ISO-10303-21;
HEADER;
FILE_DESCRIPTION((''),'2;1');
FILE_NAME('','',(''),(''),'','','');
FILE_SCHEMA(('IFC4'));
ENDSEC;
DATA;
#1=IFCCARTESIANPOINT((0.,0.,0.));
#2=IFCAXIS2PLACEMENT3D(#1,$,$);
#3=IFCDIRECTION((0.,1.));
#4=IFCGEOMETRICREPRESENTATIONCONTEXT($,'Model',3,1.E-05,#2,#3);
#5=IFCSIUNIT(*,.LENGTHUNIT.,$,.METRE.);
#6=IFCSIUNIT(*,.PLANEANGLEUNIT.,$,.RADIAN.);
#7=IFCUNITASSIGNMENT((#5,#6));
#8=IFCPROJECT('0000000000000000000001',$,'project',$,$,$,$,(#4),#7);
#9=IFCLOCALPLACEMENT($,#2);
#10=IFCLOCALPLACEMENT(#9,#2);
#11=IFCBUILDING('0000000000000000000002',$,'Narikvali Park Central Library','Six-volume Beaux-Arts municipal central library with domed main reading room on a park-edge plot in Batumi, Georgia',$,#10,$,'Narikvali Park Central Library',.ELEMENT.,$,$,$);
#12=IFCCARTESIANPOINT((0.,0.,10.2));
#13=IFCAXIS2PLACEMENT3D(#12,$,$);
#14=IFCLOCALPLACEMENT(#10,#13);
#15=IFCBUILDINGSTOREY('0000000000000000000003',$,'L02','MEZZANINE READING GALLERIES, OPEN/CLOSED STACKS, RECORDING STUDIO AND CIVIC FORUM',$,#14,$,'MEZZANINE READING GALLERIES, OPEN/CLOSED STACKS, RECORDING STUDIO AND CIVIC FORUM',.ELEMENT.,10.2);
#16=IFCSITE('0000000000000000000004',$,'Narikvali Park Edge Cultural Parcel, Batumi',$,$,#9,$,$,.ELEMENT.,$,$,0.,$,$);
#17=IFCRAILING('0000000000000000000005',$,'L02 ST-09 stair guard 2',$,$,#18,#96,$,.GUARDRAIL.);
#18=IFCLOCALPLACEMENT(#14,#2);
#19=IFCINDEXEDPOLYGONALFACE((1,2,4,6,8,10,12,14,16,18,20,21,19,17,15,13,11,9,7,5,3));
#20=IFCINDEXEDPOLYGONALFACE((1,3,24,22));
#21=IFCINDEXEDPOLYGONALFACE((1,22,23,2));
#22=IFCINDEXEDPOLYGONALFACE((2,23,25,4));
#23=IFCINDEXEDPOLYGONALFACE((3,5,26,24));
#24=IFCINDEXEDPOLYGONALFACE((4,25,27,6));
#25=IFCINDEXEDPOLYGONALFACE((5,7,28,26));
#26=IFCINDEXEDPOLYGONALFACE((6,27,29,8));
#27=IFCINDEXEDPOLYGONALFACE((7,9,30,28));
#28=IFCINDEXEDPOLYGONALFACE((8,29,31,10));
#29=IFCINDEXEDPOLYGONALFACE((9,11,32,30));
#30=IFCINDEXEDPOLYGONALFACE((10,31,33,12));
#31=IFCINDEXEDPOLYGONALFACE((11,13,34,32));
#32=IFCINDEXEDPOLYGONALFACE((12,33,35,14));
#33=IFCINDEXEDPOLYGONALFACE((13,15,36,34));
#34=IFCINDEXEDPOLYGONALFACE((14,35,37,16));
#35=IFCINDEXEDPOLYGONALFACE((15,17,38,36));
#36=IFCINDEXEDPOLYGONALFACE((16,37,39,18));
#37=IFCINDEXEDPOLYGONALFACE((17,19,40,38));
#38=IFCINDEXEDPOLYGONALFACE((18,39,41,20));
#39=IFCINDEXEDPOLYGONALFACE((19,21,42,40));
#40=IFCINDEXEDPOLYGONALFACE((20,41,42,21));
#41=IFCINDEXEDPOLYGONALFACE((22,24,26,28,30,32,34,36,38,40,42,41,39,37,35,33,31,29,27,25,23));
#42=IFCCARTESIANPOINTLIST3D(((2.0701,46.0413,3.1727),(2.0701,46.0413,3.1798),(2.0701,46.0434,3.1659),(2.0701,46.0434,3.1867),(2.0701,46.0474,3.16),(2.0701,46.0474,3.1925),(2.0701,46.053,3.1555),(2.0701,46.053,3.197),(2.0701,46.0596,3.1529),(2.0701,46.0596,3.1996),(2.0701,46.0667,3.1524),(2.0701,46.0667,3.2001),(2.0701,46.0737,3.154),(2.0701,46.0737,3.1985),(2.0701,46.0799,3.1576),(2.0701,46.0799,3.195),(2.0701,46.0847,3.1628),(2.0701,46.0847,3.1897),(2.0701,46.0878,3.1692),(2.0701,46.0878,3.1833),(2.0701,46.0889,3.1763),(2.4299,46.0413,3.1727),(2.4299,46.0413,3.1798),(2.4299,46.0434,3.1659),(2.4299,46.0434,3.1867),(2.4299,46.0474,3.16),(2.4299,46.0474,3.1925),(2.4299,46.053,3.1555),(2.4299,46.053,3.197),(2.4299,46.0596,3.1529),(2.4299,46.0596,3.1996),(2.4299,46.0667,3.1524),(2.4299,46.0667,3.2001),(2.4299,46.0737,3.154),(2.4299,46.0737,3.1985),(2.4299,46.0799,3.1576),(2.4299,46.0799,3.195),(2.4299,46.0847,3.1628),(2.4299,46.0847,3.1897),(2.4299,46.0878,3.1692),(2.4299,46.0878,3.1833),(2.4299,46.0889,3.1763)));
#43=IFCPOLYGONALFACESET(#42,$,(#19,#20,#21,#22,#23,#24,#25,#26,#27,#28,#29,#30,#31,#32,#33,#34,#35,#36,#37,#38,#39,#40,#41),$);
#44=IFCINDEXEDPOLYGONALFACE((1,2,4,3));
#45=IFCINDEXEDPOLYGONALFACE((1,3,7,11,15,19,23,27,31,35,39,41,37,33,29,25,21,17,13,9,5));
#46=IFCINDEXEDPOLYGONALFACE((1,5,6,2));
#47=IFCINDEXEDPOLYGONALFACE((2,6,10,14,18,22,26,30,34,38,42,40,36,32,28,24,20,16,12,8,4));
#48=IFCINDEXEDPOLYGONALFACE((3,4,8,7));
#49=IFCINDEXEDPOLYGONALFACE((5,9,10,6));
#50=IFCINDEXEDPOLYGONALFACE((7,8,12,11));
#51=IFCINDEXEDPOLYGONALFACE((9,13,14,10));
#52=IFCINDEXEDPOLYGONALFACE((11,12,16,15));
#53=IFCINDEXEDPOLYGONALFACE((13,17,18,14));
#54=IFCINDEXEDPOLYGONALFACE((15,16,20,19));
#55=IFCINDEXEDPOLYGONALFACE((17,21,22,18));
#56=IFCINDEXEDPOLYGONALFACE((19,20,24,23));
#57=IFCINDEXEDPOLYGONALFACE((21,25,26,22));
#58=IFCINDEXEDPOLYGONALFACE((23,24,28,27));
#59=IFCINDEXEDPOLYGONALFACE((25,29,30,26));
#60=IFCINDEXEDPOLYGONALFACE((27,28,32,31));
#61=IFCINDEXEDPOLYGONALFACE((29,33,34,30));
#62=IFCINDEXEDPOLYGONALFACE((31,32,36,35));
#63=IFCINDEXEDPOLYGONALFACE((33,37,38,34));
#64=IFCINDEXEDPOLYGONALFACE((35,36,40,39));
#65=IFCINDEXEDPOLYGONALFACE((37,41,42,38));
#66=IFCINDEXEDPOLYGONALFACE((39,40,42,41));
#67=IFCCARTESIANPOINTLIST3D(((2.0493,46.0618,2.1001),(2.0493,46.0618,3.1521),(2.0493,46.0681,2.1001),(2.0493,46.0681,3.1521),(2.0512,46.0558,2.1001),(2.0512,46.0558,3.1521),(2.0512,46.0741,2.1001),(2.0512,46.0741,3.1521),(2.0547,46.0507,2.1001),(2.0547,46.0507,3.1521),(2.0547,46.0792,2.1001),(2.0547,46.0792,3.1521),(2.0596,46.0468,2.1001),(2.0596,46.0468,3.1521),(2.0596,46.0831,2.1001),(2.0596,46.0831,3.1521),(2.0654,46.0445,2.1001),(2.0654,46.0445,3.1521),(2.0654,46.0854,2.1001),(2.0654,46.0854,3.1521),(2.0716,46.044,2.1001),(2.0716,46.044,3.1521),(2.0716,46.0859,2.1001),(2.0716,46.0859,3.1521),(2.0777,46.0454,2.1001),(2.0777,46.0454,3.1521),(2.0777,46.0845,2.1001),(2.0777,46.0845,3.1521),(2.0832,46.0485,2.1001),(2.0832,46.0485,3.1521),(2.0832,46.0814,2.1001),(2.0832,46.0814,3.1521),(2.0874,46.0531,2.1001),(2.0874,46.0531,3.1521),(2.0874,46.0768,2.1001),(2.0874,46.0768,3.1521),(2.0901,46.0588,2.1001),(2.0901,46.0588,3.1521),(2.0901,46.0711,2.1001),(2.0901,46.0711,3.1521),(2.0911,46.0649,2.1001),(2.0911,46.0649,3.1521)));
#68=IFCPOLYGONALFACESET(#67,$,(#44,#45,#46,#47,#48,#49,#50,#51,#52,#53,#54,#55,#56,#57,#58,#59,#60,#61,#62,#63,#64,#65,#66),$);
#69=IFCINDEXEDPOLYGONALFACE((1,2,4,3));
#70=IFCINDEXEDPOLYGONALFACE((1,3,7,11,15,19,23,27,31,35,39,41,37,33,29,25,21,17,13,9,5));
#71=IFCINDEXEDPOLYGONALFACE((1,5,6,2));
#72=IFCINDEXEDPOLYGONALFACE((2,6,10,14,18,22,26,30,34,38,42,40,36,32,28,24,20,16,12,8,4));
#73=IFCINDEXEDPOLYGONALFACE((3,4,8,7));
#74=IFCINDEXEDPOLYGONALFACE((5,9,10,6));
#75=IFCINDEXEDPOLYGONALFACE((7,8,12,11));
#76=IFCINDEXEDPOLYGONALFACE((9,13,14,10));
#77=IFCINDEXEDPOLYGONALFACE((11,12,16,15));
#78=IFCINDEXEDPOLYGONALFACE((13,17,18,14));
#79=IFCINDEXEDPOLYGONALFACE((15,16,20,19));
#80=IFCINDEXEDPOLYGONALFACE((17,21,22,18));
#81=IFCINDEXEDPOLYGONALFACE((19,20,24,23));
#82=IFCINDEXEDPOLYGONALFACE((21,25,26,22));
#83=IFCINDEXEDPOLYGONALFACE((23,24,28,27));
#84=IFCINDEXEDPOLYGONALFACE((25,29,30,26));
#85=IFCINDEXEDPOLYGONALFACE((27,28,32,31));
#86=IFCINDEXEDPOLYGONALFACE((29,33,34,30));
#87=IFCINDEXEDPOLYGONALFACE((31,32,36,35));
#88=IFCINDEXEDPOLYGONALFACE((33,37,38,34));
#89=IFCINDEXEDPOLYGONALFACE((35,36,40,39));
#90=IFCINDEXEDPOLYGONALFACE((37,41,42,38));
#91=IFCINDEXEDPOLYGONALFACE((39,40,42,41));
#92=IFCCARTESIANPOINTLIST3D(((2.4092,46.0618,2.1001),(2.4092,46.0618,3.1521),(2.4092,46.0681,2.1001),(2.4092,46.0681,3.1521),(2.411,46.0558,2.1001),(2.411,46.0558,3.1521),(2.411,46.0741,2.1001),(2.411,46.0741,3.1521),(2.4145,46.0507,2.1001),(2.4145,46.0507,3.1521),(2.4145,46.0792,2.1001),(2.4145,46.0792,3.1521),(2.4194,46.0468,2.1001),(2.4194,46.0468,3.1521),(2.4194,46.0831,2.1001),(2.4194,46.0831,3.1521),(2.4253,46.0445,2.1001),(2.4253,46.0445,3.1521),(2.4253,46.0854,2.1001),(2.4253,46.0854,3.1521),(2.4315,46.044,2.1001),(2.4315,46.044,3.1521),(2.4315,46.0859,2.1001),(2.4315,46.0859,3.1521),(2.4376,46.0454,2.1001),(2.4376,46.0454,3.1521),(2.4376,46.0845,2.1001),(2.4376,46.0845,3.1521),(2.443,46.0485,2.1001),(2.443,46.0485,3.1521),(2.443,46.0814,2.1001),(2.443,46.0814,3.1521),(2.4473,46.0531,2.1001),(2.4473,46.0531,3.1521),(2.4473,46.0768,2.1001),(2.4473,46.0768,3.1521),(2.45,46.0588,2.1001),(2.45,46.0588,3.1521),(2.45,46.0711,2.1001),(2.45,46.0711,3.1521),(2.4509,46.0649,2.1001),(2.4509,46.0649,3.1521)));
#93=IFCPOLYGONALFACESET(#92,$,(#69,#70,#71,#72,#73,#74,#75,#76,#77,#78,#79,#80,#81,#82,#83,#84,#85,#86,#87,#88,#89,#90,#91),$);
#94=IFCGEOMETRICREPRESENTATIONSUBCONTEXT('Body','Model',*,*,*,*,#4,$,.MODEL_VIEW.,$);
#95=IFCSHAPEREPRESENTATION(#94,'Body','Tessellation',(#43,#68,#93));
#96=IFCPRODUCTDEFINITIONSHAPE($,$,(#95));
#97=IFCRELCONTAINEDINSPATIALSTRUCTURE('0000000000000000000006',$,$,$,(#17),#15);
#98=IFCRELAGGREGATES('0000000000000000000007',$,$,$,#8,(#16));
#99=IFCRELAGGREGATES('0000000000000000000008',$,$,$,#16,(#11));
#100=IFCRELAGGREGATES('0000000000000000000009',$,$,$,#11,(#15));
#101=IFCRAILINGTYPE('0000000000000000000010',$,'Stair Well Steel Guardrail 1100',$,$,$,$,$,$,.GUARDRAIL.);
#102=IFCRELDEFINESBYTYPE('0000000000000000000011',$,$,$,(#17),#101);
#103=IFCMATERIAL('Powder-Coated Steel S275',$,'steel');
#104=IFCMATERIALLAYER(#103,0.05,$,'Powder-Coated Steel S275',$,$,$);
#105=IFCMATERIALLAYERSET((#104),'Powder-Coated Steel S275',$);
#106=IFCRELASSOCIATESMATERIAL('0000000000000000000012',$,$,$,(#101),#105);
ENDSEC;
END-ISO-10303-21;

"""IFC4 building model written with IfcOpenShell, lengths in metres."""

from ifc_helpers import new_model, si_unit, direction, frame, origin, origin_2d, place, context, subcontext, project, spatial, circle, extrude, material, layer, layer_set, type_object, element, save


model = new_model("IFC4")

# Units and contexts
model_context = context("Model", 3, precision=1e-05, world=origin(), true_north=direction((0.0, 1.0)))
body_context = subcontext(model_context, "Body", "Model", "MODEL_VIEW")
ifc_project = project(units=[si_unit("LENGTHUNIT", "METRE"), si_unit("PLANEANGLEUNIT", "RADIAN")], contexts=[model_context])

# Site, building, storey
site_placement = place(None, origin())
site = spatial("IfcSite", under=ifc_project, at=site_placement, Name="Narikvali Park Edge Cultural Parcel, Batumi", CompositionType="ELEMENT", RefElevation=0.0)
building_placement = place(site_placement, origin())
building = spatial("IfcBuilding", under=site, at=building_placement, Name="Narikvali Park Central Library", Description="Six-volume Beaux-Arts municipal central library with domed main reading room on a park-edge plot in Batumi, Georgia", LongName="Narikvali Park Central Library", CompositionType="ELEMENT")
storey_placement = place(building_placement, frame((0.0, 0.0, 10.2)))
storey = spatial("IfcBuildingStorey", under=building, at=storey_placement, Name="L02", Description="MEZZANINE READING GALLERIES, OPEN/CLOSED STACKS, RECORDING STUDIO AND CIVIC FORUM", LongName="MEZZANINE READING GALLERIES, OPEN/CLOSED STACKS, RECORDING STUDIO AND CIVIC FORUM", CompositionType="ELEMENT", Elevation=10.2)

# Railing
ifc_material_1 = material(Name="Powder-Coated Steel S275", Category="steel")
ifc_layer_1 = layer(ifc_material_1, 0.05, Name="Powder-Coated Steel S275")
ifc_layer_set_1 = layer_set([ifc_layer_1], Name="Powder-Coated Steel S275")
railing_type_1 = type_object("IfcRailingType", Name="Stair Well Steel Guardrail 1100", PredefinedType="GUARDRAIL", material=ifc_layer_set_1)
railing_1_placement = place(storey_placement, frame((2.0701, 46.0649, 2.1001)))
element("IfcRailing", 1, at=railing_1_placement, inside=storey, type_object=railing_type_1, Name="L02 ST-09 stair guard 2", PredefinedType="GUARDRAIL", context=body_context, shape_type="SweptSolid", body=[
    extrude(circle(Radius=0.0239, at=origin_2d()), frame((0.0, 0.0, 1.0762), z_axis=(1.0, 0.0, 0.0), x_axis=(0.0, 1.0, 0.0)), (0.0, 0.0, 1.0), 0.3599),
    extrude(circle(Radius=0.021, at=origin_2d()), origin(), (0.0, 0.0, 1.0), 1.052),
    extrude(circle(Radius=0.021, at=origin_2d()), frame((0.3599, 0.0, 0.0)), (0.0, 0.0, 1.0), 1.052),
])

save(model, "model.ifc")
